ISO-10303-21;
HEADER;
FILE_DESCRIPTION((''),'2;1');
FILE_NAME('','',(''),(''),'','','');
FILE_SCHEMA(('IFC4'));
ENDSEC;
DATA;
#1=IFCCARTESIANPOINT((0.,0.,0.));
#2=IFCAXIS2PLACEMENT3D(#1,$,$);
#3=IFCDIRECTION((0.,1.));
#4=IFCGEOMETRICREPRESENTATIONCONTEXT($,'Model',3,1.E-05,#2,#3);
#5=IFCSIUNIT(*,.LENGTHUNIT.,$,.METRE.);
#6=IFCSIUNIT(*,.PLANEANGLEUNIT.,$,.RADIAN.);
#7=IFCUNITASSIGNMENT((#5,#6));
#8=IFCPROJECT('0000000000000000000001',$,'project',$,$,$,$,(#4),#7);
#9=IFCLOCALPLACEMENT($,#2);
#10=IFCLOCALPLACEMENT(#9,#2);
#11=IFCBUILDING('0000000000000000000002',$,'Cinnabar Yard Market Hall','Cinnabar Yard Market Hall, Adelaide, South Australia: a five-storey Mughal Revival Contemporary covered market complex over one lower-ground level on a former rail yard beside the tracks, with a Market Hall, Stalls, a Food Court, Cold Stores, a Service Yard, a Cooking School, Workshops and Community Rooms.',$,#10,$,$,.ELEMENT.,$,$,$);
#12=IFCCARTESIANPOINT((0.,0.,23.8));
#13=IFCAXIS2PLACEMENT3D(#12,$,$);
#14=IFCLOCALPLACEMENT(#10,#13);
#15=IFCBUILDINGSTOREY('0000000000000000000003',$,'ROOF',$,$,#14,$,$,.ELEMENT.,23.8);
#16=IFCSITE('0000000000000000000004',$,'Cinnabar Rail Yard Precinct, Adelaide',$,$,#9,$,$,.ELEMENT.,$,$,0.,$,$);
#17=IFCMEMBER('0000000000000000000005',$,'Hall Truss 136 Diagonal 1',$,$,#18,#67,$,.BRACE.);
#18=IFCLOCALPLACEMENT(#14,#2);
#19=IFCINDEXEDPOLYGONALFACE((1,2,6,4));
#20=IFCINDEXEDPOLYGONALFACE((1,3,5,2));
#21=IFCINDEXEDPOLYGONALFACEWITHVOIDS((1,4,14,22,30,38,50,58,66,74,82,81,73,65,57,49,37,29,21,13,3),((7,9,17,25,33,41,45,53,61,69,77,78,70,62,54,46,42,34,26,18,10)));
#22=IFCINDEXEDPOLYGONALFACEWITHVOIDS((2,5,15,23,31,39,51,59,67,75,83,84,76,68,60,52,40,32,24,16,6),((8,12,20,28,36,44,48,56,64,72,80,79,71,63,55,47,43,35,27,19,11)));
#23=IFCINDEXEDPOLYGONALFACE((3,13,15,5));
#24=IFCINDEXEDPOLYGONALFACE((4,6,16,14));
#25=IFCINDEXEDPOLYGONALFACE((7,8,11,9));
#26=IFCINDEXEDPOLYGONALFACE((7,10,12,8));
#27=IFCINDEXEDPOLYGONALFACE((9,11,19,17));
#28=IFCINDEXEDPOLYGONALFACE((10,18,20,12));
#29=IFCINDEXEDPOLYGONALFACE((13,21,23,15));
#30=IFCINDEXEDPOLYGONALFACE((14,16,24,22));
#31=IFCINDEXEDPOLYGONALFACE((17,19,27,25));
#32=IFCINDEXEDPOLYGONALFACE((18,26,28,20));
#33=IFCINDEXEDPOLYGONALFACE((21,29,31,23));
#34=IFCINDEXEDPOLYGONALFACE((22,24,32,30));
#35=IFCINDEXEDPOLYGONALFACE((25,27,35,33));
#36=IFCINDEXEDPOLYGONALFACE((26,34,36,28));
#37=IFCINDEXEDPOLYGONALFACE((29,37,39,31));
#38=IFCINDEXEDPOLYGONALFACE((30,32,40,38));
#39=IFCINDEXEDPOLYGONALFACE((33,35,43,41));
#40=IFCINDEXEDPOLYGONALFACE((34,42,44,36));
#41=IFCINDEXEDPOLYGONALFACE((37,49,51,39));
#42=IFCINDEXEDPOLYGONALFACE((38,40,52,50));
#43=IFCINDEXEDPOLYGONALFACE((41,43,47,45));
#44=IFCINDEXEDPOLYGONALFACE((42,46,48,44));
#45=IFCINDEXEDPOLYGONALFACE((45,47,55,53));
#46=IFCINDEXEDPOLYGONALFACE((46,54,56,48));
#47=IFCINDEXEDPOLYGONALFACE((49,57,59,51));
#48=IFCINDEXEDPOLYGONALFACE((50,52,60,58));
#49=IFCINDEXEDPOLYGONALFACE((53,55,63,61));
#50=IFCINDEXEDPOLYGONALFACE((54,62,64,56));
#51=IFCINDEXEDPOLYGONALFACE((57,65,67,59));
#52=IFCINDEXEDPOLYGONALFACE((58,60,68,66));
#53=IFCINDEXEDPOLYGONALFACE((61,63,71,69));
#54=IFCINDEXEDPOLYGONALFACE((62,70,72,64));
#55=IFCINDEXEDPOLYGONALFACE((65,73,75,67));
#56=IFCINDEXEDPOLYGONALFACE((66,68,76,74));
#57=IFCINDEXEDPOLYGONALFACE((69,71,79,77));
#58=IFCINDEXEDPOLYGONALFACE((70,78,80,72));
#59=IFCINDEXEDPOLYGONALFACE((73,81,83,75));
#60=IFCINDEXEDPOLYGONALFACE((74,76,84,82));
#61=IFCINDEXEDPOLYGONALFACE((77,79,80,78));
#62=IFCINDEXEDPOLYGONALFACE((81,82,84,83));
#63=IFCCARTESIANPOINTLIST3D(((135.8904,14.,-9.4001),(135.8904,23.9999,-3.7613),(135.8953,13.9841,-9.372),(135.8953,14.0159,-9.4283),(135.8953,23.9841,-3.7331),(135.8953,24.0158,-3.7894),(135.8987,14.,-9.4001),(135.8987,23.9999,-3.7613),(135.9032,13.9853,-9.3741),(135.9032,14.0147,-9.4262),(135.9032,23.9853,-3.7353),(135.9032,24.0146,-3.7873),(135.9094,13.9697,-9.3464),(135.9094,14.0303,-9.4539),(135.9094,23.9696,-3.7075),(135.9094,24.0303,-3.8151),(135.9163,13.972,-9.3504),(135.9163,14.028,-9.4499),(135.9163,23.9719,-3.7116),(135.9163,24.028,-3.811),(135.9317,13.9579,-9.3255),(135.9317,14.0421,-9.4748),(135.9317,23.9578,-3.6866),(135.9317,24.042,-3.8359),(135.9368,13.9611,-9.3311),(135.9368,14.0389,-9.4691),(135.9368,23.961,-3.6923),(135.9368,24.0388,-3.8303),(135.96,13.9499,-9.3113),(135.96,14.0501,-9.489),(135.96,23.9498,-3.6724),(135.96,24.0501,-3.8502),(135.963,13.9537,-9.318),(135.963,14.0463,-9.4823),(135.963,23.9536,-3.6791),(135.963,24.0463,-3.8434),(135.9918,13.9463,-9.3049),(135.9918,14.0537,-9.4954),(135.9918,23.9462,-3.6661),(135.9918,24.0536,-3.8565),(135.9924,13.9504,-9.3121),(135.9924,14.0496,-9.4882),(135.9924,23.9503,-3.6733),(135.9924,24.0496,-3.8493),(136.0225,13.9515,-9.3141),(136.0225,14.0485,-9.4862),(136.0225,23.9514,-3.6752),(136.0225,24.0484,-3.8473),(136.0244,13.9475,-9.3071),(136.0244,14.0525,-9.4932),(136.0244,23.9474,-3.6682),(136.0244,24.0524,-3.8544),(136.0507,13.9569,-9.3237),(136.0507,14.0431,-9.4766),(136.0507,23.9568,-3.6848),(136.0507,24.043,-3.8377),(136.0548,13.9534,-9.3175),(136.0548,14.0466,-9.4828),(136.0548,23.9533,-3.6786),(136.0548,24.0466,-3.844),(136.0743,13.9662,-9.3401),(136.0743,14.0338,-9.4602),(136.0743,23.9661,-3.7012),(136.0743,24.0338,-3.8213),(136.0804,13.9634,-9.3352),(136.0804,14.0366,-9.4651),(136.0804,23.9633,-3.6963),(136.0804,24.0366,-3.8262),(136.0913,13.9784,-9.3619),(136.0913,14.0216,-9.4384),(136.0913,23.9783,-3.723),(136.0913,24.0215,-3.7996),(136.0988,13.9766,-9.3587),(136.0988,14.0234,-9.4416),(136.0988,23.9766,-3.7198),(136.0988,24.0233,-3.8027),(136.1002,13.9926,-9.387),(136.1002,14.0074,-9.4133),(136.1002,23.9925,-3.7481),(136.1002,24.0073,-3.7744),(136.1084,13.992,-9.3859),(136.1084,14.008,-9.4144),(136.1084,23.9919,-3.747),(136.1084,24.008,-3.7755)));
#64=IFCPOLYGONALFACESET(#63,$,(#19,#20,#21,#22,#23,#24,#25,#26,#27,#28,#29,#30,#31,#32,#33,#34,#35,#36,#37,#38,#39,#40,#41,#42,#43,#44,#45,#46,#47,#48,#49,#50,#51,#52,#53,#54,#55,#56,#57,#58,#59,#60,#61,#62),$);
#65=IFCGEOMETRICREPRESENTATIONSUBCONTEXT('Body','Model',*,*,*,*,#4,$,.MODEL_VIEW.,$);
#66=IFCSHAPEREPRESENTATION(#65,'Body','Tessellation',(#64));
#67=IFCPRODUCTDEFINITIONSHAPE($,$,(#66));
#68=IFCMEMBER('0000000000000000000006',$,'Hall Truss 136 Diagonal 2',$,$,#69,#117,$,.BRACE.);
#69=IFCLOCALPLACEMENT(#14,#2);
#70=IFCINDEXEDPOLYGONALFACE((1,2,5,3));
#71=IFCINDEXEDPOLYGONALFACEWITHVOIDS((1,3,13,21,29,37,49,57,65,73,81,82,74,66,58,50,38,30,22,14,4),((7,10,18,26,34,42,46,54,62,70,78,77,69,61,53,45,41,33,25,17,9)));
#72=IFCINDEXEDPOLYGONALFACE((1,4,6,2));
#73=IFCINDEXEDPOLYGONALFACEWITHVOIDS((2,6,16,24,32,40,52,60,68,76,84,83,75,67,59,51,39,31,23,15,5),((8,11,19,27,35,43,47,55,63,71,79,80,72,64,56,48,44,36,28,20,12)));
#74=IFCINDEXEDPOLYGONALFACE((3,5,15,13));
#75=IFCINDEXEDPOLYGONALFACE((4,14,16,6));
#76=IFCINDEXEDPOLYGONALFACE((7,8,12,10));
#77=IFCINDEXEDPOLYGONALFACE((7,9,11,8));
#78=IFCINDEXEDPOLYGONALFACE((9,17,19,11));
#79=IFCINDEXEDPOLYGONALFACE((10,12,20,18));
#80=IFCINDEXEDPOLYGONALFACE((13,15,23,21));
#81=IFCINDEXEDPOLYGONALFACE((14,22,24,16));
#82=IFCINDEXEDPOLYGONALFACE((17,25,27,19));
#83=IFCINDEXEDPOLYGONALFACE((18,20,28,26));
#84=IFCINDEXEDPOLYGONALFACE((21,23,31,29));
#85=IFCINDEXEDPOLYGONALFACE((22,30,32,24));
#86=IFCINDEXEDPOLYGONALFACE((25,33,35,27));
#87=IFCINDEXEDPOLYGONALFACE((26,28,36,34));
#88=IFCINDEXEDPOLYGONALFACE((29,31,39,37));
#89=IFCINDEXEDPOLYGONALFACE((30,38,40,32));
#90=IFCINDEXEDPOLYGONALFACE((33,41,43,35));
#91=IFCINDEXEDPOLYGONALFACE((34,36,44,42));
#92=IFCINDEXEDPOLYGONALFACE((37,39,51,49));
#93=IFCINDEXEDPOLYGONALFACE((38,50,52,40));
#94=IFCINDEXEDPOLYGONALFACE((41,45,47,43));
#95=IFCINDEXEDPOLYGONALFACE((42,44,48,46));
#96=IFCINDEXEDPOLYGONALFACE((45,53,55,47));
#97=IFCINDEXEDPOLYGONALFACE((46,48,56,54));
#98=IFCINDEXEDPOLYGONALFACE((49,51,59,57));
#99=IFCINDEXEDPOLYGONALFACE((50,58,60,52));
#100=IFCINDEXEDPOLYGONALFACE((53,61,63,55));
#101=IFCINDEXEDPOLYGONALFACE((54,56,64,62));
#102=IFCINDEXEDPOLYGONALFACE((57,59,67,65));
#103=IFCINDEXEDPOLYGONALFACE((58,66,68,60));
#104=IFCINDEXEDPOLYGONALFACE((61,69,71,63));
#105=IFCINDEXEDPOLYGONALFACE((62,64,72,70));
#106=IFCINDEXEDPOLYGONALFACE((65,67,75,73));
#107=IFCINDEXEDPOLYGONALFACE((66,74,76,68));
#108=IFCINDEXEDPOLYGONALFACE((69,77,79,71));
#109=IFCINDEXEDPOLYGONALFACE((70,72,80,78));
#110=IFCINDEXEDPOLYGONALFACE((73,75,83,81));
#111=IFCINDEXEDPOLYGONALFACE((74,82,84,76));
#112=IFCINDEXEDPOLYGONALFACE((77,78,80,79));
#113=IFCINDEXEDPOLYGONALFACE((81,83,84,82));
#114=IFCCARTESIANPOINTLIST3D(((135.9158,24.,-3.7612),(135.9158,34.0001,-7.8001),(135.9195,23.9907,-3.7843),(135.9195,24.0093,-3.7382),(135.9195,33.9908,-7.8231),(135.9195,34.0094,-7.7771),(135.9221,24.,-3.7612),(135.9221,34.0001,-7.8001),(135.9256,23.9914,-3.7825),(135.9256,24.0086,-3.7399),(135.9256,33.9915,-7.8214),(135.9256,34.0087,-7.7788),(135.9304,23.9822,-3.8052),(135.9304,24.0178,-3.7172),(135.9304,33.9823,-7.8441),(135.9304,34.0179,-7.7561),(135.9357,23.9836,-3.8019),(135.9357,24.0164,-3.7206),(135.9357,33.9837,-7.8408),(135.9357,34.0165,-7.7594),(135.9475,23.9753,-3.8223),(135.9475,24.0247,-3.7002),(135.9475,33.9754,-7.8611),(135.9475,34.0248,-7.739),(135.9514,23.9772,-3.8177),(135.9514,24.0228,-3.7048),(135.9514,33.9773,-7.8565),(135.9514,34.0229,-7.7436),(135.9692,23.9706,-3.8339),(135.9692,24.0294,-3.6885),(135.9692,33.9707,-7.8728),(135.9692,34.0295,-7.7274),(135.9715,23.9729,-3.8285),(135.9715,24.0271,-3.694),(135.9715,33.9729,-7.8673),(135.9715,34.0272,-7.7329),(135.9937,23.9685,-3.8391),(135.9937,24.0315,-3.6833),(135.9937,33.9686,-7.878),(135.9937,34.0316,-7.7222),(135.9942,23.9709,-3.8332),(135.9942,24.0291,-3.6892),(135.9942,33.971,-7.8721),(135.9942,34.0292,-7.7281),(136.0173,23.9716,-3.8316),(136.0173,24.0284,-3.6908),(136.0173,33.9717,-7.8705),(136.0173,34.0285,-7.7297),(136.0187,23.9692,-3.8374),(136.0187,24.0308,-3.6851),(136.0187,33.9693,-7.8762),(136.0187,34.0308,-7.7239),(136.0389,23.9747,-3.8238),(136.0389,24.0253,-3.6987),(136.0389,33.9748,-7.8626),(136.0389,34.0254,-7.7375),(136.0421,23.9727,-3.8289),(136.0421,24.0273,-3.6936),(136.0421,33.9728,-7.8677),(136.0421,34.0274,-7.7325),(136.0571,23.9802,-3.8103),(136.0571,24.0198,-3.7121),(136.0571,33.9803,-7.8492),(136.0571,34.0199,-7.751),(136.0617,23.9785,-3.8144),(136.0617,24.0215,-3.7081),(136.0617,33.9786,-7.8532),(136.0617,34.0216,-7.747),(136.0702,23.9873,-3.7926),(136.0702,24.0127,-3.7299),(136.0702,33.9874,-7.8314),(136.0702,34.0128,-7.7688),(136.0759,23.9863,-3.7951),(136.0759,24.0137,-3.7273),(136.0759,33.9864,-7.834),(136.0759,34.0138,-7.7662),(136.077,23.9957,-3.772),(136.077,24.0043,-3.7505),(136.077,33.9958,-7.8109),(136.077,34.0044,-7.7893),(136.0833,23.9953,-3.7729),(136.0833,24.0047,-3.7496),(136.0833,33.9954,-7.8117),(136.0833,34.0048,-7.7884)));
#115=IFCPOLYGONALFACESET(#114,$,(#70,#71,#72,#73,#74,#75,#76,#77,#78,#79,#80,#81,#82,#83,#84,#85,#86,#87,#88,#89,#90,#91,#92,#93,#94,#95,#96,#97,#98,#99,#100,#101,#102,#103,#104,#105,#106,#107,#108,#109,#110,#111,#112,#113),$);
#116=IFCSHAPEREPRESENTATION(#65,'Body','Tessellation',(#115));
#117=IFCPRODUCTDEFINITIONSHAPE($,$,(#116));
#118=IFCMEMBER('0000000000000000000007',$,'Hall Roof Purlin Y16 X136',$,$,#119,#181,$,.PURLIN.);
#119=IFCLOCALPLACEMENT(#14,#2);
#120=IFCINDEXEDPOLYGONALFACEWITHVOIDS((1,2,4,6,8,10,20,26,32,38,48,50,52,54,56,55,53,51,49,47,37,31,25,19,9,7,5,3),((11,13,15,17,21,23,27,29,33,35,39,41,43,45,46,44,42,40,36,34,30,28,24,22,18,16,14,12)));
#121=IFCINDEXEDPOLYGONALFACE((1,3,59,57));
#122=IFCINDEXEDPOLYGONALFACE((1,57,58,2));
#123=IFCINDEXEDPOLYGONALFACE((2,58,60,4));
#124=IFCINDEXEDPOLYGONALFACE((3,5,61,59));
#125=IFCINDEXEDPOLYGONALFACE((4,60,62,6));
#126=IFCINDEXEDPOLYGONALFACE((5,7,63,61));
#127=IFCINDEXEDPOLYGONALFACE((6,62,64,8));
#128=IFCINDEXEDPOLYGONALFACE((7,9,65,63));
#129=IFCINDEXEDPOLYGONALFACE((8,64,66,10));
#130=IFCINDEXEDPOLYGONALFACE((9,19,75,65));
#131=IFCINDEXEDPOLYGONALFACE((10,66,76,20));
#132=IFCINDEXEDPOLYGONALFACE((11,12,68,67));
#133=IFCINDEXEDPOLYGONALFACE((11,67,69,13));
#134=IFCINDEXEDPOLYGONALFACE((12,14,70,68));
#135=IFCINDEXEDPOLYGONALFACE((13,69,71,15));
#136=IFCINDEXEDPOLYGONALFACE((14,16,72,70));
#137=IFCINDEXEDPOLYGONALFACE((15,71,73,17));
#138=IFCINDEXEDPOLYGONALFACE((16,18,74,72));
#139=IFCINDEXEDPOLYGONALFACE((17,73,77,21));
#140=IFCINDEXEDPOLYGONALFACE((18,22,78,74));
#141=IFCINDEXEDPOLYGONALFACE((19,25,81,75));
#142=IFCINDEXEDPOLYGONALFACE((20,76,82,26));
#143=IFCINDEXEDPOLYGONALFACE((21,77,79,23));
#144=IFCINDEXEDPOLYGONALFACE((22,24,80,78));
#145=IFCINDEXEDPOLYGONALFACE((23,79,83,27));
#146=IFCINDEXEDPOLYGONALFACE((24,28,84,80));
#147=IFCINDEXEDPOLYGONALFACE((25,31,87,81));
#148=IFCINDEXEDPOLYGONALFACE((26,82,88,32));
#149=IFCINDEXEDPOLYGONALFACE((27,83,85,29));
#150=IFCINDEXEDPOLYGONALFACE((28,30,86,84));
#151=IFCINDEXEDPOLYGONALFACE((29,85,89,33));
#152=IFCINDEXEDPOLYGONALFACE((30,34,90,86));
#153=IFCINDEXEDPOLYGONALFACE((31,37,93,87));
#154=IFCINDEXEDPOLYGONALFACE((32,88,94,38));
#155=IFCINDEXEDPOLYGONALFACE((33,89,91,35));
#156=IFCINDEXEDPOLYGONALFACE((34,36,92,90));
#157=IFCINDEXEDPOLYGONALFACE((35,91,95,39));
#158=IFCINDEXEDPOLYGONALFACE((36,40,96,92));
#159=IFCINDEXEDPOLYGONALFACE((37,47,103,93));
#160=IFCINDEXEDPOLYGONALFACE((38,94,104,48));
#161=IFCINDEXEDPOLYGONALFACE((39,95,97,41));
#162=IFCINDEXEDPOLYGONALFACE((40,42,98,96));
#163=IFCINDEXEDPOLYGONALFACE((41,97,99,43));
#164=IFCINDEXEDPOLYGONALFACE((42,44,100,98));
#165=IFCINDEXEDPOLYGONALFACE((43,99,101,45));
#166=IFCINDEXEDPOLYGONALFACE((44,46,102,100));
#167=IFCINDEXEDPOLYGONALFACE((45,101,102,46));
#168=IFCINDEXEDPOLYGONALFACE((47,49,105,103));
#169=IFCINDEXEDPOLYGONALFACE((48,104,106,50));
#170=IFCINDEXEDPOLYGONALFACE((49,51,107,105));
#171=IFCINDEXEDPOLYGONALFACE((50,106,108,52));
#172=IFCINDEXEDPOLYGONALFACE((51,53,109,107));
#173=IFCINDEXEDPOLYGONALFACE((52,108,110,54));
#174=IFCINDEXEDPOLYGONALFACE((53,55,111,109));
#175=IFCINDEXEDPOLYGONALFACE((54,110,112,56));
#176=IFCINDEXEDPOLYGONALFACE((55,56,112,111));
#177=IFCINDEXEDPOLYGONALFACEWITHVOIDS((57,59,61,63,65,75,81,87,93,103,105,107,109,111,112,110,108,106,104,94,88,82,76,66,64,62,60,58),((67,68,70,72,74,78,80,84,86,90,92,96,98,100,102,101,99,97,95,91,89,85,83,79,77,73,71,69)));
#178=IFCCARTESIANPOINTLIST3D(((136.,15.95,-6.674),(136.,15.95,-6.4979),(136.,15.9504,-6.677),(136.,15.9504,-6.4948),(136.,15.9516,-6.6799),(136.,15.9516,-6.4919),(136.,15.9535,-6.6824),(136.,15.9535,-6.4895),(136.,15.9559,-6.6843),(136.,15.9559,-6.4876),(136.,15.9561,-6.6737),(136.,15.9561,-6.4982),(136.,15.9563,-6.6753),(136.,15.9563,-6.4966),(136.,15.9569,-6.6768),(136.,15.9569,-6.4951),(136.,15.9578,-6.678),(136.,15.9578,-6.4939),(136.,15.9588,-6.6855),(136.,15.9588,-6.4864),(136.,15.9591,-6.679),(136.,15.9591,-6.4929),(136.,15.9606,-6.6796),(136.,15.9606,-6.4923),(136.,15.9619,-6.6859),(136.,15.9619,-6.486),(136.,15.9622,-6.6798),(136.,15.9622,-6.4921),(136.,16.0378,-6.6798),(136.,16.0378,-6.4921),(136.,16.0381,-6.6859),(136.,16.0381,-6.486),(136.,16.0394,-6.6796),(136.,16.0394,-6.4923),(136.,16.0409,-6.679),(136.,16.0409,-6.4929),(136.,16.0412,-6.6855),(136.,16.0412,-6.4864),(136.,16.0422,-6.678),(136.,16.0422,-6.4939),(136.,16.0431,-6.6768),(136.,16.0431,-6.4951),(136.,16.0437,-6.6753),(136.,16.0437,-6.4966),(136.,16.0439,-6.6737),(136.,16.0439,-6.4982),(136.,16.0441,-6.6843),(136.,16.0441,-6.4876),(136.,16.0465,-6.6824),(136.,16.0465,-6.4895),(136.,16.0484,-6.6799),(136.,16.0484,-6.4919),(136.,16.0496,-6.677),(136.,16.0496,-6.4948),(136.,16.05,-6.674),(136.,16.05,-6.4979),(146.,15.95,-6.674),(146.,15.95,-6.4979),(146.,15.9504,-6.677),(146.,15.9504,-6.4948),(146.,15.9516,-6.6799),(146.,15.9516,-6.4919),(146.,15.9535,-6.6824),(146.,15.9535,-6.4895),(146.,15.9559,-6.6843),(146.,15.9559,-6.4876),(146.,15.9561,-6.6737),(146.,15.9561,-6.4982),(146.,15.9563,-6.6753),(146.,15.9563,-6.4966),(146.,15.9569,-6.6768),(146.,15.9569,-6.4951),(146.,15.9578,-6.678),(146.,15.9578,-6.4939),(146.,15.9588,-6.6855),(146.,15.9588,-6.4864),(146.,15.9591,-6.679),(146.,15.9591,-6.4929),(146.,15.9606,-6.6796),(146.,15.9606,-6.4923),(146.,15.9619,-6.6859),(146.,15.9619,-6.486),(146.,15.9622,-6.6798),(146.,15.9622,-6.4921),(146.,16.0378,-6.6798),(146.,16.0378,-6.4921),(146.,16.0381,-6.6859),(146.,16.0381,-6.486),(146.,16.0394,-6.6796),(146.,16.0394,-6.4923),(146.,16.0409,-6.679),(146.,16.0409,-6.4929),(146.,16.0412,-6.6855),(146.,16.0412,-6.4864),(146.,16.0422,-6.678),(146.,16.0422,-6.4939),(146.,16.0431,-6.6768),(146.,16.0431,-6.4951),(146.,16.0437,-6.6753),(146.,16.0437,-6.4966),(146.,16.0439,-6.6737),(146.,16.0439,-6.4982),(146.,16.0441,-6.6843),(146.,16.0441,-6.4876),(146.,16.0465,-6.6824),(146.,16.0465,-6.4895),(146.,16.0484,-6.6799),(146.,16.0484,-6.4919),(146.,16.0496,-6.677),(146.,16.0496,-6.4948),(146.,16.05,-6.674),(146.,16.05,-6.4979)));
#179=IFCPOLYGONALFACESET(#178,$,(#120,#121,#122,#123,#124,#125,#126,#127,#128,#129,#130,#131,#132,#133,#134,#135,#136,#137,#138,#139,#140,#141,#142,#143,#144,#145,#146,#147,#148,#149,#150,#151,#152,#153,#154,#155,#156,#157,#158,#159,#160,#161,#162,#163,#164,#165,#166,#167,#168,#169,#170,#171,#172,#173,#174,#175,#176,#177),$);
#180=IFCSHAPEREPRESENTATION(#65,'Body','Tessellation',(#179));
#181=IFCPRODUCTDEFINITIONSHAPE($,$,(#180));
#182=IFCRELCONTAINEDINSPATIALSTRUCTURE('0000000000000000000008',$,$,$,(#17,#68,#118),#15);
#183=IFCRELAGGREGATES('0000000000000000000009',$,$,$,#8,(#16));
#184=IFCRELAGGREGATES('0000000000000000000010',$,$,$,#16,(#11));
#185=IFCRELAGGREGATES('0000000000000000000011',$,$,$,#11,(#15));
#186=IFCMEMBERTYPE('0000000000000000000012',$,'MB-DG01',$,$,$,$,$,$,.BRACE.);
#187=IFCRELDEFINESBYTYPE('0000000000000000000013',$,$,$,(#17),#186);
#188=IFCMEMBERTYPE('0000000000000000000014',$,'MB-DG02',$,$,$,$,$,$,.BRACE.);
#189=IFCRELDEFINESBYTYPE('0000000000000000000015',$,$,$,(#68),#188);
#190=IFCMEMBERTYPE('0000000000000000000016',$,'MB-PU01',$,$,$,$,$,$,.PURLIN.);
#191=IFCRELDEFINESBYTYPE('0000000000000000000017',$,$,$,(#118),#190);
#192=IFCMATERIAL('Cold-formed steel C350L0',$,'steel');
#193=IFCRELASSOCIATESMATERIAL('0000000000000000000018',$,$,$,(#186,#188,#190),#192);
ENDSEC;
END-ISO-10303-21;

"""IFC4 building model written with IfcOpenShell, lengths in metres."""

from ifc_helpers import new_model, si_unit, direction, frame, origin, origin_2d_with_axis, place, context, subcontext, project, spatial, hollow_rectangle, hollow_circle, extrude, material, material_profile, profile_set, type_object, element, save


model = new_model("IFC4")

# Units and contexts
model_context = context("Model", 3, precision=1e-05, world=origin(), true_north=direction((0.0, 1.0)))
body_context = subcontext(model_context, "Body", "Model", "MODEL_VIEW")
ifc_project = project(units=[si_unit("LENGTHUNIT", "METRE"), si_unit("PLANEANGLEUNIT", "RADIAN")], contexts=[model_context])

# Site, building, storey
site_placement = place(None, origin())
site = spatial("IfcSite", under=ifc_project, at=site_placement, Name="Cinnabar Rail Yard Precinct, Adelaide", CompositionType="ELEMENT", RefElevation=0.0)
building_placement = place(site_placement, origin())
building = spatial("IfcBuilding", under=site, at=building_placement, Name="Cinnabar Yard Market Hall", Description="Cinnabar Yard Market Hall, Adelaide, South Australia: a five-storey Mughal Revival Contemporary covered market complex over one lower-ground level on a former rail yard beside the tracks, with a Market Hall, Stalls, a Food Court, Cold Stores, a Service Yard, a Cooking School, Workshops and Community Rooms.", CompositionType="ELEMENT")
storey_placement = place(building_placement, frame((0.0, 0.0, 23.8)))
storey = spatial("IfcBuildingStorey", under=building, at=storey_placement, Name="ROOF", CompositionType="ELEMENT", Elevation=23.8)

# Shared definitions
ifc_material_1 = material(Name="Cold-formed steel C350L0", Category="steel")

# Members
ifc_material_profile_1 = material_profile(ifc_material_1, hollow_circle(Radius=0.1096, WallThickness=0.0083, at=origin_2d_with_axis()), Name="219.1x8.2CHS")
ifc_profile_set_1 = profile_set([ifc_material_profile_1], Name="Cold-formed steel C350L0")
member_type_1 = type_object("IfcMemberType", Name="MB-DG01", PredefinedType="BRACE", material=ifc_profile_set_1)
member_1_placement = place(storey_placement, frame((136.0, 14.0, -9.4001), z_axis=(0.0, 0.871057, 0.491182), x_axis=(-1.0, 0.0, 0.0)))
element("IfcMember", 1, at=member_1_placement, inside=storey, type_object=member_type_1, Name="Hall Truss 136 Diagonal 1", PredefinedType="BRACE", context=body_context, shape_type="SweptSolid", body=[
    extrude(hollow_circle(Radius=0.1096, WallThickness=0.0083, at=origin_2d_with_axis()), origin(), (0.0, 0.0, 1.0), 11.4802),
])
ifc_material_profile_2 = material_profile(ifc_material_1, hollow_circle(Radius=0.0842, WallThickness=0.0063, at=origin_2d_with_axis()), Name="168.3x6.4CHS")
ifc_profile_set_2 = profile_set([ifc_material_profile_2], Name="Cold-formed steel C350L0")
member_type_2 = type_object("IfcMemberType", Name="MB-DG02", PredefinedType="BRACE", material=ifc_profile_set_2)
member_2_placement = place(storey_placement, frame((136.0, 24.0, -3.7612), z_axis=(0.0, 0.92723, -0.374491), x_axis=(-1.0, 0.0, 0.0)))
element("IfcMember", 2, at=member_2_placement, inside=storey, type_object=member_type_2, Name="Hall Truss 136 Diagonal 2", PredefinedType="BRACE", context=body_context, shape_type="SweptSolid", body=[
    extrude(hollow_circle(Radius=0.0842, WallThickness=0.0063, at=origin_2d_with_axis()), origin(), (0.0, 0.0, 1.0), 10.7849),
])
ifc_material_profile_3 = material_profile(ifc_material_1, hollow_rectangle(XDim=0.1001, YDim=0.2, WallThickness=0.0061, InnerFilletRadius=0.0061, OuterFilletRadius=0.012, at=origin_2d_with_axis()), Name="200x100x6.0RHS")
ifc_profile_set_3 = profile_set([ifc_material_profile_3], Name="Cold-formed steel C350L0")
member_type_3 = type_object("IfcMemberType", Name="MB-PU01", PredefinedType="PURLIN", material=ifc_profile_set_3)
member_3_placement = place(storey_placement, frame((136.0, 16.0, -6.5859), z_axis=(1.0, 0.0, 0.0), x_axis=(0.0, 1.0, 0.0)))
element("IfcMember", 3, at=member_3_placement, inside=storey, type_object=member_type_3, Name="Hall Roof Purlin Y16 X136", PredefinedType="PURLIN", context=body_context, shape_type="SweptSolid", body=[
    extrude(hollow_rectangle(XDim=0.1001, YDim=0.2, WallThickness=0.0061, InnerFilletRadius=0.0061, OuterFilletRadius=0.012, at=origin_2d_with_axis()), origin(), (0.0, 0.0, 1.0), 10.0),
])

save(model, "model.ifc")
